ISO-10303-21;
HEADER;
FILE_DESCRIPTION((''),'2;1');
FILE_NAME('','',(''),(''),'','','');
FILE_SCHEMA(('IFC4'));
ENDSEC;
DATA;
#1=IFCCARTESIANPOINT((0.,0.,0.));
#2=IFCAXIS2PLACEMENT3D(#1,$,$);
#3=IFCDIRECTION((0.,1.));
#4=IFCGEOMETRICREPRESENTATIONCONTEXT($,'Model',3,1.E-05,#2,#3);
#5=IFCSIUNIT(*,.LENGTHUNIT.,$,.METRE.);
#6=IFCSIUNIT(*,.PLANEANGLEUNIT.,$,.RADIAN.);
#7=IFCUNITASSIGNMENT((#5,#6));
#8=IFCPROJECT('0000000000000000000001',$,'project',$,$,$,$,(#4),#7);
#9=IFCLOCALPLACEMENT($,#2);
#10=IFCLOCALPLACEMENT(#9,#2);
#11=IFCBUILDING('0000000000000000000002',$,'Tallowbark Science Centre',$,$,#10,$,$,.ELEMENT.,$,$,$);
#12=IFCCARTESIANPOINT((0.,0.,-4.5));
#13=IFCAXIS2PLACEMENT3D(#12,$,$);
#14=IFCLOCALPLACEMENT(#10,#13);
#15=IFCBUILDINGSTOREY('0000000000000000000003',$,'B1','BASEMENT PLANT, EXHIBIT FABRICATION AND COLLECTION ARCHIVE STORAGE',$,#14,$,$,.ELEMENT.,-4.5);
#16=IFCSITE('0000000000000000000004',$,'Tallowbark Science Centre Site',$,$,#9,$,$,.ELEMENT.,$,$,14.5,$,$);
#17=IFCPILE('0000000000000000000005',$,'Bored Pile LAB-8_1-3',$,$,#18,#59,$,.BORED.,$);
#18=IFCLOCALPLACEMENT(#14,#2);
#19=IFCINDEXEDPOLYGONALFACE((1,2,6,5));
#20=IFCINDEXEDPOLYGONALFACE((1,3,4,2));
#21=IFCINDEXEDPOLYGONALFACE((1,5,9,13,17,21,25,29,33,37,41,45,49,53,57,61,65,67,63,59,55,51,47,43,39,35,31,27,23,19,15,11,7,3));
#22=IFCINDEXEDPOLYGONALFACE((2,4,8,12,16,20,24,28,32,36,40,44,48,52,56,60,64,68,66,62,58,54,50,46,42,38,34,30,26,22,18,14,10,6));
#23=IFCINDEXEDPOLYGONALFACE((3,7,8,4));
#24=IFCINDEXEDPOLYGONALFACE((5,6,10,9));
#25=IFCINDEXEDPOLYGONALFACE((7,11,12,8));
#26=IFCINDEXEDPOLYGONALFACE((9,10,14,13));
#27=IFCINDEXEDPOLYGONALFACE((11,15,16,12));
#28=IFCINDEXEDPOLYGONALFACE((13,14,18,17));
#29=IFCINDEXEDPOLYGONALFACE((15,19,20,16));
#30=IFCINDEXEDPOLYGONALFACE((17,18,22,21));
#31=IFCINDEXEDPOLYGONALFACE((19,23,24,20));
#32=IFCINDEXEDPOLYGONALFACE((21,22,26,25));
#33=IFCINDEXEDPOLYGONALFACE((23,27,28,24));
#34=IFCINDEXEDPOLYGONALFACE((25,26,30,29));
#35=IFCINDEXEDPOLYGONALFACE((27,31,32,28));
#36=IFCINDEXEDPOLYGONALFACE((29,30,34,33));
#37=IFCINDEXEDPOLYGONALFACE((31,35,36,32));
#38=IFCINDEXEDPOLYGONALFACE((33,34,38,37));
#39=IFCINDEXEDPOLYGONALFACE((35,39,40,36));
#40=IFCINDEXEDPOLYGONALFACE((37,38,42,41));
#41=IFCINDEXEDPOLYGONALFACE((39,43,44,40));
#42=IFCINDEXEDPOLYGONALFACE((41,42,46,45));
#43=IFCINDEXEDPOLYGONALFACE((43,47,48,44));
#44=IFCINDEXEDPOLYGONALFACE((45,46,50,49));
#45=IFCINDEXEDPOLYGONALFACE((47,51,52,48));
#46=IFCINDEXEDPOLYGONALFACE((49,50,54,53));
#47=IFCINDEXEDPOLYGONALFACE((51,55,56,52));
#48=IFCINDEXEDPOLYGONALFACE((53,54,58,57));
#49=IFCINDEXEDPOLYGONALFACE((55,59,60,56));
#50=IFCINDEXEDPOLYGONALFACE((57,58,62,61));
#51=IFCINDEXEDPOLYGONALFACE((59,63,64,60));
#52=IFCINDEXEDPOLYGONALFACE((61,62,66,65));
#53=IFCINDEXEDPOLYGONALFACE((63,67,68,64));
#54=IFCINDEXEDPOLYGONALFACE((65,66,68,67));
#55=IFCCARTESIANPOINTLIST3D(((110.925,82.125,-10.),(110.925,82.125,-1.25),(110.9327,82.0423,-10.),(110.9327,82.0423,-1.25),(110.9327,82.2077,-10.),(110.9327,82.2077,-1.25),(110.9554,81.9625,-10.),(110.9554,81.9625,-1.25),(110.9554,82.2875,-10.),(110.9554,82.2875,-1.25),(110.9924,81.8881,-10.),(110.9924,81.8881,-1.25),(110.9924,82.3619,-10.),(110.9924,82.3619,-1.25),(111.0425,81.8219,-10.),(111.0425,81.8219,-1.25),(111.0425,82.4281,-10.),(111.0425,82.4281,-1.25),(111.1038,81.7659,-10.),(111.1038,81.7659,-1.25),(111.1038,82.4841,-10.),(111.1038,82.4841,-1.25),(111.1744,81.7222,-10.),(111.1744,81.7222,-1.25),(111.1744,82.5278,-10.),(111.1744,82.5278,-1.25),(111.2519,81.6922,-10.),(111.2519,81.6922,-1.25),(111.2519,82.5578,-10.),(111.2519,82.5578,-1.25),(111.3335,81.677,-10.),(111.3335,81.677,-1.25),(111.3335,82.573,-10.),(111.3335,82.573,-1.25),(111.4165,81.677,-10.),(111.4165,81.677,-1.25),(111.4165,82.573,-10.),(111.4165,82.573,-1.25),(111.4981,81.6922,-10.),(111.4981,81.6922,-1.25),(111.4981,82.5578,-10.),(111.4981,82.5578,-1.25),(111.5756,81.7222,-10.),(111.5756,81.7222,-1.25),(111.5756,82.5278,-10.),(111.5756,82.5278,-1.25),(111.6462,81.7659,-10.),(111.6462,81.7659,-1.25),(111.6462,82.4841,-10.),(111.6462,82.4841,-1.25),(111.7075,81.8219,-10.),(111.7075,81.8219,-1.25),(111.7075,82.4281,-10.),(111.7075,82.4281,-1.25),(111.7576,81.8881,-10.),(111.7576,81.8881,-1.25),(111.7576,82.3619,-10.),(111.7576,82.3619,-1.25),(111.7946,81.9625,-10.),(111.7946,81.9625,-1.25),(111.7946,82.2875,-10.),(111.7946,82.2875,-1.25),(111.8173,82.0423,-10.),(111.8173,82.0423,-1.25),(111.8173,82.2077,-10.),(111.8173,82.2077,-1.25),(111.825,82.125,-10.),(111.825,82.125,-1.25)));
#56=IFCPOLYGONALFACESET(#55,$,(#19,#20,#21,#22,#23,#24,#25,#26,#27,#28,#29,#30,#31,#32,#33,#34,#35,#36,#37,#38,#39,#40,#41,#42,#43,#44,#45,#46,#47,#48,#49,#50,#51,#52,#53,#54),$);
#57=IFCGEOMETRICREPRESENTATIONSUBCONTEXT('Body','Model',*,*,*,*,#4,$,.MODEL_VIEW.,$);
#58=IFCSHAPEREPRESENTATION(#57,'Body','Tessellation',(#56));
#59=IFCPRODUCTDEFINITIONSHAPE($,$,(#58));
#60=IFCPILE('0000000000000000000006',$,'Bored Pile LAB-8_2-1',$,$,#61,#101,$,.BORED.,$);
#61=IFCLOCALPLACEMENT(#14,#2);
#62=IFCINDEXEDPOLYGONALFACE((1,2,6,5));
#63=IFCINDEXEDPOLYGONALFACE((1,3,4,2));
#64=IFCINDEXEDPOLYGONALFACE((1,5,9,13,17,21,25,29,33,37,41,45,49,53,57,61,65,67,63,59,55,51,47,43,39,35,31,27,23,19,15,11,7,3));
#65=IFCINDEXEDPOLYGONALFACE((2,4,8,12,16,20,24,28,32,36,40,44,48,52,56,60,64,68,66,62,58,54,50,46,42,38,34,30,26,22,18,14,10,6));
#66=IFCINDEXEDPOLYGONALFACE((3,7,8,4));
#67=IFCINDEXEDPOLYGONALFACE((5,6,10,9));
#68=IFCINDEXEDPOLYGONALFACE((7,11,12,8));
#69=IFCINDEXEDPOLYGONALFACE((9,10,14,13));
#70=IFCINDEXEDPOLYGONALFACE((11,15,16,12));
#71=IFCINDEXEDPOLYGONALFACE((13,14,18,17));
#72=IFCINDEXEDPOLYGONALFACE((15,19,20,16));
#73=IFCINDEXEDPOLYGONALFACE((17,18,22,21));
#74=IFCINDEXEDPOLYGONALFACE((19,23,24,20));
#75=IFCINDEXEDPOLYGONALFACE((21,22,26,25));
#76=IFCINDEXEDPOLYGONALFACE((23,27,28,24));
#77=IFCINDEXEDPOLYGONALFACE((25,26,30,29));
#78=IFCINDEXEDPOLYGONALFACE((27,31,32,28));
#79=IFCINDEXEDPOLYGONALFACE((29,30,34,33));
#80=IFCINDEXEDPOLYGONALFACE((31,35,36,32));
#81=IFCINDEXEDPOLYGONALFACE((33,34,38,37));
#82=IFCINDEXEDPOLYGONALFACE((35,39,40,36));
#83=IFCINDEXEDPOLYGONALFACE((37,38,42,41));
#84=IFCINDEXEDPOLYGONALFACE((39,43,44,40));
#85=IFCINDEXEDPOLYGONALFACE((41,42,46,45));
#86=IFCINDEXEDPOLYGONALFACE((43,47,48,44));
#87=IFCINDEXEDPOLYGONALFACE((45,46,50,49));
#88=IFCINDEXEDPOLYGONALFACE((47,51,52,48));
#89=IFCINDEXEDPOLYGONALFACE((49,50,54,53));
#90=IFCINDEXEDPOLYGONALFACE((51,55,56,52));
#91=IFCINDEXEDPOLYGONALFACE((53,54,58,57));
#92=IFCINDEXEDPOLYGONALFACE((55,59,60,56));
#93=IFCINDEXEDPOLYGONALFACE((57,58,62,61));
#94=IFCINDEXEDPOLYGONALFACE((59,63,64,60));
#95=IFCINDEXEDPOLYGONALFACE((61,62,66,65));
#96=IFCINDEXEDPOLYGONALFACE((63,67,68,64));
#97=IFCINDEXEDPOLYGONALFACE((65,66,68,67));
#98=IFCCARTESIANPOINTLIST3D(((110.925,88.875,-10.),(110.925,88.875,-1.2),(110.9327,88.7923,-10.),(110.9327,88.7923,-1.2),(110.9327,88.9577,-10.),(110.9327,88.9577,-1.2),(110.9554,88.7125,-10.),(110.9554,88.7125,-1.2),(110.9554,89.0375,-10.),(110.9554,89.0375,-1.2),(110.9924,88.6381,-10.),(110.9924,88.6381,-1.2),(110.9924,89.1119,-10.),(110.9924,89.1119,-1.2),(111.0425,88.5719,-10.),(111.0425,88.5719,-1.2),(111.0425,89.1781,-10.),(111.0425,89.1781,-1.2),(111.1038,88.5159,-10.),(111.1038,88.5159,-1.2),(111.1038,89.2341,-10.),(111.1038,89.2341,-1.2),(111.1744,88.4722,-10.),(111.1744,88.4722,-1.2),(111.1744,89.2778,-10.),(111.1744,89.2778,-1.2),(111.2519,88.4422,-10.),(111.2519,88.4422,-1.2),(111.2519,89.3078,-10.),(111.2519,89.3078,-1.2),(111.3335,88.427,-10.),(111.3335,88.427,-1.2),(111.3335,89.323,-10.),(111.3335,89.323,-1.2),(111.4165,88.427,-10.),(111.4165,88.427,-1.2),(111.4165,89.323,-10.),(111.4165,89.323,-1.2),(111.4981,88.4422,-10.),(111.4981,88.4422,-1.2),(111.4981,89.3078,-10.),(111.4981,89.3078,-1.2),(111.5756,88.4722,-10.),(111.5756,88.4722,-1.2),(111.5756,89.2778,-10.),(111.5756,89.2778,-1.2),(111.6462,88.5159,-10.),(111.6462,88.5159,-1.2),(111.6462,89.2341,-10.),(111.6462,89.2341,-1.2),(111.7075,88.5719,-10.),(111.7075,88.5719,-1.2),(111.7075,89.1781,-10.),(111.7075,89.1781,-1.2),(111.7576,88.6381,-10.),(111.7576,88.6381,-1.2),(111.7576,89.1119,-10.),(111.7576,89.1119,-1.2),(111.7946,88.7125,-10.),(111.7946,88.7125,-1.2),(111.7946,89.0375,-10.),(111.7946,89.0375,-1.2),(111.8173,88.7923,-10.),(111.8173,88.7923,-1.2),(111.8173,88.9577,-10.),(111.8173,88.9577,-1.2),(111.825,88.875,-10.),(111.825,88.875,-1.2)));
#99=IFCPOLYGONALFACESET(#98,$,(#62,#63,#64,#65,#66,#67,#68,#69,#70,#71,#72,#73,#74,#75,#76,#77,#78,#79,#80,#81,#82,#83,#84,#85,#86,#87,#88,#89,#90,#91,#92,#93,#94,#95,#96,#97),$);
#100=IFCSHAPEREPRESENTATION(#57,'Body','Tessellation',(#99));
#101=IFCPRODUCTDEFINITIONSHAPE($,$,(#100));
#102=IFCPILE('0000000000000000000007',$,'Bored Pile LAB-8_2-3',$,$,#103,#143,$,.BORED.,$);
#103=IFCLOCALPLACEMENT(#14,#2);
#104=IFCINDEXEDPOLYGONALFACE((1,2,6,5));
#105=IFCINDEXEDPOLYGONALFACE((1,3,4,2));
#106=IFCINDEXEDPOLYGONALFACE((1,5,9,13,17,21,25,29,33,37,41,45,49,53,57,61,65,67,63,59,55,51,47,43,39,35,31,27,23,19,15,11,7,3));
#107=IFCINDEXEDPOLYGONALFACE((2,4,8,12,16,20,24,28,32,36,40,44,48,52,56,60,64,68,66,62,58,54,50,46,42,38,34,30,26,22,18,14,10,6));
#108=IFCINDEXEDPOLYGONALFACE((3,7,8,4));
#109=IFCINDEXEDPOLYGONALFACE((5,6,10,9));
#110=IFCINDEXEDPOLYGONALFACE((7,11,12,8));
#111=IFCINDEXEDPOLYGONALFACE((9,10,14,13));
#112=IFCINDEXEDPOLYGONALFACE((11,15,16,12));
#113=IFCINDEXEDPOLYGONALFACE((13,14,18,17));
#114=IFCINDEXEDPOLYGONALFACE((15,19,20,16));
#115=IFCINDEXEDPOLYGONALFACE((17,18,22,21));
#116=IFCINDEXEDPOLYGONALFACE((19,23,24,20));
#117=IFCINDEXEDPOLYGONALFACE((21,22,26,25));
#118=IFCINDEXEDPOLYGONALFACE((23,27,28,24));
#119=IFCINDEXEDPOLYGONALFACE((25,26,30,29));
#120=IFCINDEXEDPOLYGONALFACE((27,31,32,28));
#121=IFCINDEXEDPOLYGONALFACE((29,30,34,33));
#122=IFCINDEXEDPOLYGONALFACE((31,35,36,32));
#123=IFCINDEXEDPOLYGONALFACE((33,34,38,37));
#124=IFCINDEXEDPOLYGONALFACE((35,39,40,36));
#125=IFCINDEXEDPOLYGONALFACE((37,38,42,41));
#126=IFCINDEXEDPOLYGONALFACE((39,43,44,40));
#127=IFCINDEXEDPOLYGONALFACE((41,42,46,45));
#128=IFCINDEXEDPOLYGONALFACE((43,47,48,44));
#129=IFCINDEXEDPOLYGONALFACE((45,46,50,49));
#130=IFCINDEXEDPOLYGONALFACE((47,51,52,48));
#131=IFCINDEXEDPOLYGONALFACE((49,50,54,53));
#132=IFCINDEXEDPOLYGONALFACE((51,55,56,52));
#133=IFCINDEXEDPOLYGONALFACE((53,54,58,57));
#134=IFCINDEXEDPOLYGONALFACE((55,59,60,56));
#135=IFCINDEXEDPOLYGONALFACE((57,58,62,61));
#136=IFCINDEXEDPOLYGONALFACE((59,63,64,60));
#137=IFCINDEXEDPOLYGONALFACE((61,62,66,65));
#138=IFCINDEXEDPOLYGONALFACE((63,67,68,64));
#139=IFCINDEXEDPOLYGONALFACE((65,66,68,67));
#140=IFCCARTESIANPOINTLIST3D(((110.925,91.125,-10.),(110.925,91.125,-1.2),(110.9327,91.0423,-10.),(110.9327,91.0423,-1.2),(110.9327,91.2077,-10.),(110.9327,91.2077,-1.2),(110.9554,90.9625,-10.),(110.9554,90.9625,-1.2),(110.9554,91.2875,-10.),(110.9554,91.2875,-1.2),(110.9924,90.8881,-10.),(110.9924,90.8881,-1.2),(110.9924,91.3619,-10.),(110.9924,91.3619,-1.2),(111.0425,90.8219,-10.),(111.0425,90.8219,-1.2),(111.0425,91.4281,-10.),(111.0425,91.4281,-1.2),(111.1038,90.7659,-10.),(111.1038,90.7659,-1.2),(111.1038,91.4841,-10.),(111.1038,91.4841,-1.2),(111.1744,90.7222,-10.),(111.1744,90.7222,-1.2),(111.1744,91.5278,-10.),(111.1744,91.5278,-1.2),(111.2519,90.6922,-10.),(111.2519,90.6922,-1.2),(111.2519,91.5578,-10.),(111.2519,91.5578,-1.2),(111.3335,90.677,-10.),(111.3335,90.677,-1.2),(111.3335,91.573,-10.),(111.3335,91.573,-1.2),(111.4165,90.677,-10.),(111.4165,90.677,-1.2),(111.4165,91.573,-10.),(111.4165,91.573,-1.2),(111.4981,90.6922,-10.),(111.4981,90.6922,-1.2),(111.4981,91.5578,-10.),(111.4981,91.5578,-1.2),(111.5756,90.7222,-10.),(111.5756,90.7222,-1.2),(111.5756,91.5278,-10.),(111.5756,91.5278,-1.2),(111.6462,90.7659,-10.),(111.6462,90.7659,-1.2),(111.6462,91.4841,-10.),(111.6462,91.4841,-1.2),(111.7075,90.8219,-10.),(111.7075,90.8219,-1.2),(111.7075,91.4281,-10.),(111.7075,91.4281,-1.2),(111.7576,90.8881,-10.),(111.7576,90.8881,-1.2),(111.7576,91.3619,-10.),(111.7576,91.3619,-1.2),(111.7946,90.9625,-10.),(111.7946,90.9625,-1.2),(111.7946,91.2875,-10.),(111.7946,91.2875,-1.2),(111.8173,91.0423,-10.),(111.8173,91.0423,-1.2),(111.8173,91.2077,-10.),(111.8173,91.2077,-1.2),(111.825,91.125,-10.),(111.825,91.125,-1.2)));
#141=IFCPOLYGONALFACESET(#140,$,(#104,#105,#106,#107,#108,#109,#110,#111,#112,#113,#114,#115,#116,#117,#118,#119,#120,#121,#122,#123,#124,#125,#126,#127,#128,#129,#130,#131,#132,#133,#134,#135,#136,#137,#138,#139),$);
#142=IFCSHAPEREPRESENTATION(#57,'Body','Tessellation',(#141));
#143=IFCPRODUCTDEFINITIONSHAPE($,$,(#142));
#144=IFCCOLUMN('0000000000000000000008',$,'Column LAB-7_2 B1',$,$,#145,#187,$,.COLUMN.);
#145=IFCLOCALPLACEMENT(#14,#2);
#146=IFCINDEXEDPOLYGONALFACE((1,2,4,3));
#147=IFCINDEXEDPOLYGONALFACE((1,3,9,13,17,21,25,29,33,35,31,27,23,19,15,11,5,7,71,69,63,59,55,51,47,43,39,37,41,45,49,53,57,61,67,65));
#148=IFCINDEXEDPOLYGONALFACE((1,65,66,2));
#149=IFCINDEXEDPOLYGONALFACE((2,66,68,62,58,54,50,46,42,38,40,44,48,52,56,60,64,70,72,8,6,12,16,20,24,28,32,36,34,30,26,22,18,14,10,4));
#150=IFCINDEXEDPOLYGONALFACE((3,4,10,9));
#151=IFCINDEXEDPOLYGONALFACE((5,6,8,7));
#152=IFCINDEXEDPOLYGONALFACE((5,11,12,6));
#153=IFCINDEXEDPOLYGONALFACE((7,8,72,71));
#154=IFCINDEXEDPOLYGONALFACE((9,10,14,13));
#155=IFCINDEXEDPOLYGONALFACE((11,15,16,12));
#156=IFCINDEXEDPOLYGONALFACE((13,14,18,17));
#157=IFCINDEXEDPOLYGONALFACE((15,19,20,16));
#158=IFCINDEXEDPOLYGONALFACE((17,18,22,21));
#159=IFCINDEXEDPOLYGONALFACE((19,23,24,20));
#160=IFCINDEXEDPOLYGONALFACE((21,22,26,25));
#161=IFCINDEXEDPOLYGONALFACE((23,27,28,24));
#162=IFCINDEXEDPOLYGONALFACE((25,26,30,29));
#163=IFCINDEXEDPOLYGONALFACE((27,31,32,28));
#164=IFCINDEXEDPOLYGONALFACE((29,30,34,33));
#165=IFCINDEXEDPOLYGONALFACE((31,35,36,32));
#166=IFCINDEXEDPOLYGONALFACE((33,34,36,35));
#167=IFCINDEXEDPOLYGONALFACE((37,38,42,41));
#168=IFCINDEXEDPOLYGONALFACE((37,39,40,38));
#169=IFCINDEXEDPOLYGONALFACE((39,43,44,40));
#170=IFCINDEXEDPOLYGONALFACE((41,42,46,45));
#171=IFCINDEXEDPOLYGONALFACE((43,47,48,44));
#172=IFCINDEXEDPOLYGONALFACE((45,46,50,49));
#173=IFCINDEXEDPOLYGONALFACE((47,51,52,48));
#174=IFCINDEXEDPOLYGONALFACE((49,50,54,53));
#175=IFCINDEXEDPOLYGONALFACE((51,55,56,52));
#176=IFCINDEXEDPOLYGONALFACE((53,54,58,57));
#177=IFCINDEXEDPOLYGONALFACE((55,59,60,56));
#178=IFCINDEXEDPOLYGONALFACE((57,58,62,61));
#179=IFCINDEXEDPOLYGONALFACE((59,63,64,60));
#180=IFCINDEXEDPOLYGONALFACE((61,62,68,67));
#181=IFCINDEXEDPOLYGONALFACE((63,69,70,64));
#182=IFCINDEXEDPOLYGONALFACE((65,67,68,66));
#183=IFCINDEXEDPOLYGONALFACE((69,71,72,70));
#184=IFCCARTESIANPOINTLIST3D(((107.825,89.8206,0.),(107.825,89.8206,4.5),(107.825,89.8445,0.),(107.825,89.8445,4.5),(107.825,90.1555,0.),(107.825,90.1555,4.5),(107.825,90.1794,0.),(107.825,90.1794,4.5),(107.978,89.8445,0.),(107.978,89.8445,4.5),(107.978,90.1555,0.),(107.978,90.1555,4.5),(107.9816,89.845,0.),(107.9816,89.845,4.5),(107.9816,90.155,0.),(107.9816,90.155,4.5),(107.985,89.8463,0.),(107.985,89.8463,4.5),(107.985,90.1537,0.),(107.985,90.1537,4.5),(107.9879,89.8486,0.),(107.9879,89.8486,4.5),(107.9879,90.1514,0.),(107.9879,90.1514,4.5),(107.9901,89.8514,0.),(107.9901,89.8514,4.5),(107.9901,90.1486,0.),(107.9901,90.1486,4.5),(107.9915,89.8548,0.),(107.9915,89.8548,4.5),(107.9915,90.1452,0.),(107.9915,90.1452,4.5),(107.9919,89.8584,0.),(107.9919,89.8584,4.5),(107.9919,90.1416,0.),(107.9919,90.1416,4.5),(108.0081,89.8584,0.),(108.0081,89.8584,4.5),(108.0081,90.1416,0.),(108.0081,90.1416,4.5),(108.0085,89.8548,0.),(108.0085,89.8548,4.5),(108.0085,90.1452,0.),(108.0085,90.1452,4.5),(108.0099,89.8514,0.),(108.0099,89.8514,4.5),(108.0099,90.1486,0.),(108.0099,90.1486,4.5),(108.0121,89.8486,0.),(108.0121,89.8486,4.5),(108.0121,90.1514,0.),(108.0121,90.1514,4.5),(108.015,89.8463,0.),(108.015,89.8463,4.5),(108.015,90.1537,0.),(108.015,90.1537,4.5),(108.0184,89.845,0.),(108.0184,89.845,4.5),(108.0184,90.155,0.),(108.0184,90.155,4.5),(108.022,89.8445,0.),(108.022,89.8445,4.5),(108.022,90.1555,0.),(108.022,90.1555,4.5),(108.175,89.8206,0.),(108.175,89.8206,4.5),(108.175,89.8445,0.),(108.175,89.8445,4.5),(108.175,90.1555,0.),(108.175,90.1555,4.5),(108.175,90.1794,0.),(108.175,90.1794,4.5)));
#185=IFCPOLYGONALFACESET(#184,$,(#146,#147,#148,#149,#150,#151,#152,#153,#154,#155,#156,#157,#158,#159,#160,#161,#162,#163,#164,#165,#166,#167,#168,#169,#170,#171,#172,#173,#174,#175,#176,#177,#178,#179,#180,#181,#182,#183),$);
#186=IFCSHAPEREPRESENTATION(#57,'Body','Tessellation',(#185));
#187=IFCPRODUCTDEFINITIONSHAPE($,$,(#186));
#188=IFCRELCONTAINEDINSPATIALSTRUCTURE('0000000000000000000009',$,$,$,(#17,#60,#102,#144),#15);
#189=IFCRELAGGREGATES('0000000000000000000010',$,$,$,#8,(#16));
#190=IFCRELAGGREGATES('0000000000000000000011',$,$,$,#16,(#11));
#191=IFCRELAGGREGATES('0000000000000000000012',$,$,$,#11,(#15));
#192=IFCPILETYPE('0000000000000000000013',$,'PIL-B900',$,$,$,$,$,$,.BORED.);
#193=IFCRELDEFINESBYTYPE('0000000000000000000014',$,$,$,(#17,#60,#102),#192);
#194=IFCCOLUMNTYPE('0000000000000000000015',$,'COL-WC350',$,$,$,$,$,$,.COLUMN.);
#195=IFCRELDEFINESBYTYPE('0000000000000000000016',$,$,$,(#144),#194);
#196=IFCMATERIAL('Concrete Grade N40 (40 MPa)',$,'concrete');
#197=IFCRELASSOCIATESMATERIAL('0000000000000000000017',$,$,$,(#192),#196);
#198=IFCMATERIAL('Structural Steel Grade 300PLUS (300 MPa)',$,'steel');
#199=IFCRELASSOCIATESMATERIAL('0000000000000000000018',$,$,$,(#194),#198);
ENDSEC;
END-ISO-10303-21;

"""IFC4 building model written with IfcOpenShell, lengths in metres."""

from ifc_helpers import new_model, si_unit, direction, frame, origin, origin_2d, place, context, subcontext, project, spatial, circle, i_section, extrude, material, material_profile, profile_set, type_object, element, save


model = new_model("IFC4")

# Units and contexts
model_context = context("Model", 3, precision=1e-05, world=origin(), true_north=direction((0.0, 1.0)))
body_context = subcontext(model_context, "Body", "Model", "MODEL_VIEW")
ifc_project = project(units=[si_unit("LENGTHUNIT", "METRE"), si_unit("PLANEANGLEUNIT", "RADIAN")], contexts=[model_context])

# Site, building, storey
site_placement = place(None, origin())
site = spatial("IfcSite", under=ifc_project, at=site_placement, Name="Tallowbark Science Centre Site", CompositionType="ELEMENT", RefElevation=14.5)
building_placement = place(site_placement, origin())
building = spatial("IfcBuilding", under=site, at=building_placement, Name="Tallowbark Science Centre", CompositionType="ELEMENT")
storey_placement = place(building_placement, frame((0.0, 0.0, -4.5)))
storey = spatial("IfcBuildingStorey", under=building, at=storey_placement, Name="B1", Description="BASEMENT PLANT, EXHIBIT FABRICATION AND COLLECTION ARCHIVE STORAGE", CompositionType="ELEMENT", Elevation=-4.5)

# Shared definitions
ifc_material_1 = material(Name="Concrete Grade N40 (40 MPa)", Category="concrete")

# Piles
ifc_material_profile_1 = material_profile(ifc_material_1, circle(Radius=0.45, at=origin_2d()), Name="PILE900")
ifc_profile_set_1 = profile_set([ifc_material_profile_1], Name="Concrete Grade N40 (40 MPa)")
pile_type = type_object("IfcPileType", Name="PIL-B900", PredefinedType="BORED", material=ifc_profile_set_1)
pile_placement = place(storey_placement, frame((111.375, 82.125, -1.25), z_axis=(0.0, 0.0, -1.0), x_axis=(1.0, 0.0, 0.0)))
element("IfcPile", 1, at=pile_placement, inside=storey, type_object=pile_type, Name="Bored Pile LAB-8_1-3", PredefinedType="BORED", context=body_context, shape_type="SweptSolid", body=[
    extrude(circle(Radius=0.45, at=origin_2d()), origin(), (0.0, 0.0, 1.0), 8.75),
])
for number, where, z_axis, x_axis, name in (
    (2, (111.375, 88.875, -1.2), (0.0, 0.0, -1.0), (1.0, 0.0, 0.0), "Bored Pile LAB-8_2-1"),
    (3, (111.375, 91.125, -1.2), (0.0, 0.0, -1.0), (1.0, 0.0, 0.0), "Bored Pile LAB-8_2-3"),
):
    element("IfcPile", number, at=place(storey_placement, frame(where, z_axis=z_axis, x_axis=x_axis)), inside=storey, type_object=pile_type, Name=name, PredefinedType="BORED", context=body_context, shape_type="SweptSolid", body=[
        extrude(circle(Radius=0.45, at=origin_2d()), origin(), (0.0, 0.0, 1.0), 8.8),
    ])

# Column
ifc_material_2 = material(Name="Structural Steel Grade 300PLUS (300 MPa)", Category="steel")
ifc_material_profile_2 = material_profile(ifc_material_2, i_section(OverallWidth=0.3501, OverallDepth=0.3589, WebThickness=0.0161, FlangeThickness=0.0239, FilletRadius=0.0139, at=origin_2d()), Name="350WC197")
ifc_profile_set_2 = profile_set([ifc_material_profile_2], Name="Structural Steel Grade 300PLUS (300 MPa)")
column_type = type_object("IfcColumnType", Name="COL-WC350", PredefinedType="COLUMN", material=ifc_profile_set_2)
for number, where, z_axis, x_axis, name in (
    (4, (108.0, 90.0, 0.0), (0.0, 0.0, 1.0), (1.0, 0.0, 0.0), "Column LAB-7_2 B1"),
):
    element("IfcColumn", number, at=place(storey_placement, frame(where, z_axis=z_axis, x_axis=x_axis)), inside=storey, type_object=column_type, Name=name, PredefinedType="COLUMN", context=body_context, shape_type="SweptSolid", body=[
        extrude(i_section(OverallWidth=0.3501, OverallDepth=0.3589, WebThickness=0.0161, FlangeThickness=0.0239, FilletRadius=0.0139, at=origin_2d()), origin(), (0.0, 0.0, 1.0), 4.5),
    ])

save(model, "model.ifc")
